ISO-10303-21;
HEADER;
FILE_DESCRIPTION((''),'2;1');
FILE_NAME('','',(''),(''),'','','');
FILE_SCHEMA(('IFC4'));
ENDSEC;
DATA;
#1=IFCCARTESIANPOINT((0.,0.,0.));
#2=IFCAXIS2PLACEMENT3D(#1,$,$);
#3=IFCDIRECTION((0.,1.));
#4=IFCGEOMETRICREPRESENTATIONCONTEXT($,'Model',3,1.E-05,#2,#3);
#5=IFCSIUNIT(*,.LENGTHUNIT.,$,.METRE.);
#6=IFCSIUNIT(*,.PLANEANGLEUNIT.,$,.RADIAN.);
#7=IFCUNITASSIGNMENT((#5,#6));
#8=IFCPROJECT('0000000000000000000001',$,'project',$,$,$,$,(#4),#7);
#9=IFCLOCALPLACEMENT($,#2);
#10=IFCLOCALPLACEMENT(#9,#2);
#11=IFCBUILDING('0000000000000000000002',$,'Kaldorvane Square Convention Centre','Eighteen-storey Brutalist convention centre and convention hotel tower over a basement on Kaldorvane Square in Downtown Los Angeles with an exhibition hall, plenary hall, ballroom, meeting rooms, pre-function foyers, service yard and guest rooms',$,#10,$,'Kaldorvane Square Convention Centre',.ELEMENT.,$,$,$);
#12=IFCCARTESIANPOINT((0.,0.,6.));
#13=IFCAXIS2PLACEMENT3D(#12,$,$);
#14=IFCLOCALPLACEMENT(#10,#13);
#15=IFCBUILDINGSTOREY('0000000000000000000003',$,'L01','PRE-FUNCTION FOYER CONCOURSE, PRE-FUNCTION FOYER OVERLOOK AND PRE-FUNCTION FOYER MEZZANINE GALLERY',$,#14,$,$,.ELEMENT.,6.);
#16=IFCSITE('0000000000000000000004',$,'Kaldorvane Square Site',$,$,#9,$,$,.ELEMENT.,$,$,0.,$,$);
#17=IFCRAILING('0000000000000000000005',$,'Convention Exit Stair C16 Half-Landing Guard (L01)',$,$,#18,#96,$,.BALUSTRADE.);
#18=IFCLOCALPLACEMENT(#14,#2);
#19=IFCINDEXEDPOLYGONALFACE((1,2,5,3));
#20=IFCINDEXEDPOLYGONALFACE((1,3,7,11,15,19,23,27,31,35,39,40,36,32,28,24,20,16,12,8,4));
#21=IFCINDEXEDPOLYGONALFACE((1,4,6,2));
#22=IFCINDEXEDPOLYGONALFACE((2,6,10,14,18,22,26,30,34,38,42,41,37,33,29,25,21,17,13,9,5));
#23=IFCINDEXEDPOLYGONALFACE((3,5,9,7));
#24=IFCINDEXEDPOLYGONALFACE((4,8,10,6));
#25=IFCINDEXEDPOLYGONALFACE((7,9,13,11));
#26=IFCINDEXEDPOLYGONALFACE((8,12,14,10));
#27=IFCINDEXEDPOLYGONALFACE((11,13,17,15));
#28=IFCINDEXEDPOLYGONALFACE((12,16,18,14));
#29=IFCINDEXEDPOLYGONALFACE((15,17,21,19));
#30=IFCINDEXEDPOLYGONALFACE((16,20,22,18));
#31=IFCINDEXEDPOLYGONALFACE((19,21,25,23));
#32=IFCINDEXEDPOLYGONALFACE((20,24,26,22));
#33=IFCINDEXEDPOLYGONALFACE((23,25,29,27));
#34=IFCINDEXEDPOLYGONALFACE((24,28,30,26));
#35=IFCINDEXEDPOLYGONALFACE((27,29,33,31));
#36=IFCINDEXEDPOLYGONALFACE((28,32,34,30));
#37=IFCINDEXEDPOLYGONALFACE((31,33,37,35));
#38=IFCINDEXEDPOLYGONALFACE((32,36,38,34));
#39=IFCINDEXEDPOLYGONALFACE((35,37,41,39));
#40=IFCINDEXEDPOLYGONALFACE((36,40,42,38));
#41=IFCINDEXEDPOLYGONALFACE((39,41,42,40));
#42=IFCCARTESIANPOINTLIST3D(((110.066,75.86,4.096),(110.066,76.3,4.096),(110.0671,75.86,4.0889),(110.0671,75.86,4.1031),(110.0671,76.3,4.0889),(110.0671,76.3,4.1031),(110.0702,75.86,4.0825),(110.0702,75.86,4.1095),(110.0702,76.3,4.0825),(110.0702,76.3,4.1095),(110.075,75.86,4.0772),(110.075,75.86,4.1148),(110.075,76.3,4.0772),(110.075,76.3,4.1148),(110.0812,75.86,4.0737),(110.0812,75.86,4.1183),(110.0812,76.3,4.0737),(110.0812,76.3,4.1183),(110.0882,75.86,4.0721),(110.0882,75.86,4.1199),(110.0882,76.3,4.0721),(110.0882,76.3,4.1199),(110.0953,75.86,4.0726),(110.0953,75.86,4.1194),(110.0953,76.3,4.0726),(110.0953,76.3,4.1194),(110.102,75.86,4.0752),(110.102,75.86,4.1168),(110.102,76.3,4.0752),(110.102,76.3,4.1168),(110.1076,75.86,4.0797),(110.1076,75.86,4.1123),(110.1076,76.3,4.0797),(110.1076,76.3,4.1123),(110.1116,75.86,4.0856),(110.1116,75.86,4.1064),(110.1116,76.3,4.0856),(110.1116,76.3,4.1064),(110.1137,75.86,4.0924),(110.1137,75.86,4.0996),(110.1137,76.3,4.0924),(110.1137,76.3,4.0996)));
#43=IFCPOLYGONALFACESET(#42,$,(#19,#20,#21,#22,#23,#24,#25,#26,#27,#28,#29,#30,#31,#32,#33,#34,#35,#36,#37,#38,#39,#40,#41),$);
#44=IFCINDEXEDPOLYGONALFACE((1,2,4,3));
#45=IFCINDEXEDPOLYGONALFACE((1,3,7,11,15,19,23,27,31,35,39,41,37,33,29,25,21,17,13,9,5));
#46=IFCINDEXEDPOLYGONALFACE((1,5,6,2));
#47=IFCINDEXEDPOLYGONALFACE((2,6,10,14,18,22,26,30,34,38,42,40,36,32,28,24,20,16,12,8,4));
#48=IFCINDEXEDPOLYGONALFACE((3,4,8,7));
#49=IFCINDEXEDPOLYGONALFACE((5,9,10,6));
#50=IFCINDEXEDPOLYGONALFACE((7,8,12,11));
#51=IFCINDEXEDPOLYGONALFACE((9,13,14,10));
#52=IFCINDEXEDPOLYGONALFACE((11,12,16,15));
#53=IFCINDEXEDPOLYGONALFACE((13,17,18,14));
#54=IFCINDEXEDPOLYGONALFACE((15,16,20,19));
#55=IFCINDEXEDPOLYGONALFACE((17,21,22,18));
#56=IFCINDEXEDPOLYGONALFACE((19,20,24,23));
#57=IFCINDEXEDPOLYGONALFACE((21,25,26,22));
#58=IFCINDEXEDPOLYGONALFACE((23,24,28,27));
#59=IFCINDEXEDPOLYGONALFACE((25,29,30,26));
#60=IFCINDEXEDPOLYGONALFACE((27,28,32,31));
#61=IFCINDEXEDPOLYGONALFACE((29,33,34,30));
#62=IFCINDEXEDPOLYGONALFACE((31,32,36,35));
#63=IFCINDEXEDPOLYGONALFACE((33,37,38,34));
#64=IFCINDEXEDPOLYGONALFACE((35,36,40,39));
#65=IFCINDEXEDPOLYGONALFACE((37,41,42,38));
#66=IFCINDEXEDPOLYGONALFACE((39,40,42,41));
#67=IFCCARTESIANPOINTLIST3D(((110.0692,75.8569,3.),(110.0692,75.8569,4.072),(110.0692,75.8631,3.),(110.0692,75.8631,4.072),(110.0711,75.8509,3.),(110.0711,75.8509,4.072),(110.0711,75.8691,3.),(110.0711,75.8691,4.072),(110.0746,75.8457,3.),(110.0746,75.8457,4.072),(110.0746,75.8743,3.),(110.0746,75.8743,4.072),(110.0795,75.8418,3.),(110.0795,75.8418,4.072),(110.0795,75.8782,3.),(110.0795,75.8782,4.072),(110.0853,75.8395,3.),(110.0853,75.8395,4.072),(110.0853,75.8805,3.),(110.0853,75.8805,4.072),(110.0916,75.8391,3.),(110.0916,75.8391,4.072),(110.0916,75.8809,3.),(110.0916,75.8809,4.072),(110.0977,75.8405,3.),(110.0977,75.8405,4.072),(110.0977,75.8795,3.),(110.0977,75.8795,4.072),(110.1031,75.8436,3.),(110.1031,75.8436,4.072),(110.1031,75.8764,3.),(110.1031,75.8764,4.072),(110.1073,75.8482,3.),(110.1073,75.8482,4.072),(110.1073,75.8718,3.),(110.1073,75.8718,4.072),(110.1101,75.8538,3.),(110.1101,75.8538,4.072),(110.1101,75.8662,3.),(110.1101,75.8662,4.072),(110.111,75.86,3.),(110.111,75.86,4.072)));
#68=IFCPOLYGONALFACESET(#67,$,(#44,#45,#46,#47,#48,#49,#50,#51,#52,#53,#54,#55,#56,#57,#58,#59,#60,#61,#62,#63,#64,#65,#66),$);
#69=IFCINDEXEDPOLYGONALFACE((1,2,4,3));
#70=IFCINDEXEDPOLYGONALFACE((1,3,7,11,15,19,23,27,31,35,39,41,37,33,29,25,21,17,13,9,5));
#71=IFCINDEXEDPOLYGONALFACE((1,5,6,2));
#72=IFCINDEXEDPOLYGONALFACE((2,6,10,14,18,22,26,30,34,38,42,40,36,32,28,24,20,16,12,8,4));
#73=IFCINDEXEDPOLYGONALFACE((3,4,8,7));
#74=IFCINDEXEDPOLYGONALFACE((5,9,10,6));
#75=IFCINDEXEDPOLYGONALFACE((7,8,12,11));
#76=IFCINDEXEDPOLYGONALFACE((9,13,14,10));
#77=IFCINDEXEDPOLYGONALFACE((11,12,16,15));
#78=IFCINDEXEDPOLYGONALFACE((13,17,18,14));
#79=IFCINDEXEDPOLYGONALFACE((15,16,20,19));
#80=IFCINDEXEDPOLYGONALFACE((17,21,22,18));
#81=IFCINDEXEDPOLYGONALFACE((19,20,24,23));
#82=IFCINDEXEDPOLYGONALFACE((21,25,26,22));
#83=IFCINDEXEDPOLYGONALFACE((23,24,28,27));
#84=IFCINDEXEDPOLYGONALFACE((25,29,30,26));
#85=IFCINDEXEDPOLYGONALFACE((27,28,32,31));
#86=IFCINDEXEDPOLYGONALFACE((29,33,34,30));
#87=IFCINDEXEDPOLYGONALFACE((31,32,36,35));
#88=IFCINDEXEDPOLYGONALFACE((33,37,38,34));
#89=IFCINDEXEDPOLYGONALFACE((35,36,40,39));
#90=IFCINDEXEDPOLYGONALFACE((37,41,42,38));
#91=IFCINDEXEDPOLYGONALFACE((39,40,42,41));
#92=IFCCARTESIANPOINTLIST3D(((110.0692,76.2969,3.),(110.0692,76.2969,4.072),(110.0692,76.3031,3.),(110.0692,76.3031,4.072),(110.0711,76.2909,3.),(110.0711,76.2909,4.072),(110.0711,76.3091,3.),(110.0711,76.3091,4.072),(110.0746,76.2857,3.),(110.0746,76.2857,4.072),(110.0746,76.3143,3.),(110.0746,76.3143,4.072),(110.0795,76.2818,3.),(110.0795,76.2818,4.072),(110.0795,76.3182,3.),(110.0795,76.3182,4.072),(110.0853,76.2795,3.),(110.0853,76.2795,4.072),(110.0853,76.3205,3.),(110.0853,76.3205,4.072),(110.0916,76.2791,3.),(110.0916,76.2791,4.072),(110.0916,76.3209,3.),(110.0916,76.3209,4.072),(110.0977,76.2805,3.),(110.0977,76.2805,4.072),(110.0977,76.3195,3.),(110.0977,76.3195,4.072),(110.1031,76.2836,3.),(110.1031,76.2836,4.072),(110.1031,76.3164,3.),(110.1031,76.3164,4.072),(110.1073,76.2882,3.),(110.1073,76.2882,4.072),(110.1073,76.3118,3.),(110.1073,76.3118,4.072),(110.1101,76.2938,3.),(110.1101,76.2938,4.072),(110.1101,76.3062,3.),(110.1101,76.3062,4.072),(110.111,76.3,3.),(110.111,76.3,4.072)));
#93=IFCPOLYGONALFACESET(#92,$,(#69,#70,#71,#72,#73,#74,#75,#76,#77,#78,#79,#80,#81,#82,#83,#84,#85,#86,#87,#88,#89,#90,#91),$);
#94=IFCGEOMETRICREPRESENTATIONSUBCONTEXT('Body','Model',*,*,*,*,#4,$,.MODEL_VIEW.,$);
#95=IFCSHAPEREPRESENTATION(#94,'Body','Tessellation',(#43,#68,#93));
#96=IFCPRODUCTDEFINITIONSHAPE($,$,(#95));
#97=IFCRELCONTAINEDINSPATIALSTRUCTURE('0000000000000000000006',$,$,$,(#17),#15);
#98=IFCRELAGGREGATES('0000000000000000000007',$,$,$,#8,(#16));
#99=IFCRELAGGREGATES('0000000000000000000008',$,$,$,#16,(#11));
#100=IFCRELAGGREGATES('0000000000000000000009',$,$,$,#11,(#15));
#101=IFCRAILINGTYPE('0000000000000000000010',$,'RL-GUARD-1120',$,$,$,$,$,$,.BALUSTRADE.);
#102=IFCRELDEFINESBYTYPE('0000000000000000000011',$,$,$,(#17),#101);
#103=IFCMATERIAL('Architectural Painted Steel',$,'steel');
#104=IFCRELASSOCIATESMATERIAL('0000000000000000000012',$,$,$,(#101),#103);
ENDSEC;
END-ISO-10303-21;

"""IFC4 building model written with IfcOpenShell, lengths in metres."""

from ifc_helpers import new_model, si_unit, direction, frame, origin, origin_2d, place, context, subcontext, project, spatial, circle, extrude, material, type_object, element, save


model = new_model("IFC4")

# Units and contexts
model_context = context("Model", 3, precision=1e-05, world=origin(), true_north=direction((0.0, 1.0)))
body_context = subcontext(model_context, "Body", "Model", "MODEL_VIEW")
ifc_project = project(units=[si_unit("LENGTHUNIT", "METRE"), si_unit("PLANEANGLEUNIT", "RADIAN")], contexts=[model_context])

# Site, building, storey
site_placement = place(None, origin())
site = spatial("IfcSite", under=ifc_project, at=site_placement, Name="Kaldorvane Square Site", CompositionType="ELEMENT", RefElevation=0.0)
building_placement = place(site_placement, origin())
building = spatial("IfcBuilding", under=site, at=building_placement, Name="Kaldorvane Square Convention Centre", Description="Eighteen-storey Brutalist convention centre and convention hotel tower over a basement on Kaldorvane Square in Downtown Los Angeles with an exhibition hall, plenary hall, ballroom, meeting rooms, pre-function foyers, service yard and guest rooms", LongName="Kaldorvane Square Convention Centre", CompositionType="ELEMENT")
storey_placement = place(building_placement, frame((0.0, 0.0, 6.0)))
storey = spatial("IfcBuildingStorey", under=building, at=storey_placement, Name="L01", Description="PRE-FUNCTION FOYER CONCOURSE, PRE-FUNCTION FOYER OVERLOOK AND PRE-FUNCTION FOYER MEZZANINE GALLERY", CompositionType="ELEMENT", Elevation=6.0)

# Railing
ifc_material_1 = material(Name="Architectural Painted Steel", Category="steel")
railing_type_1 = type_object("IfcRailingType", Name="RL-GUARD-1120", PredefinedType="BALUSTRADE", material=ifc_material_1)
for number, where, name in (
    (1, (110.09, 75.86, 3.0), "Convention Exit Stair C16 Half-Landing Guard (L01)"),
):
    element("IfcRailing", number, at=place(storey_placement, frame(where)), inside=storey, type_object=railing_type_1, Name=name, PredefinedType="BALUSTRADE", context=body_context, shape_type="SweptSolid", body=[
        extrude(circle(Radius=0.024, at=origin_2d()), frame((0.0, 0.0, 1.096), z_axis=(0.0, 1.0, 0.0), x_axis=(-1.0, 0.0, 0.0)), (0.0, 0.0, 1.0), 0.44),
        extrude(circle(Radius=0.021, at=origin_2d()), origin(), (0.0, 0.0, 1.0), 1.072),
        extrude(circle(Radius=0.021, at=origin_2d()), frame((0.0, 0.44, 0.0)), (0.0, 0.0, 1.0), 1.072),
    ])

save(model, "model.ifc")
